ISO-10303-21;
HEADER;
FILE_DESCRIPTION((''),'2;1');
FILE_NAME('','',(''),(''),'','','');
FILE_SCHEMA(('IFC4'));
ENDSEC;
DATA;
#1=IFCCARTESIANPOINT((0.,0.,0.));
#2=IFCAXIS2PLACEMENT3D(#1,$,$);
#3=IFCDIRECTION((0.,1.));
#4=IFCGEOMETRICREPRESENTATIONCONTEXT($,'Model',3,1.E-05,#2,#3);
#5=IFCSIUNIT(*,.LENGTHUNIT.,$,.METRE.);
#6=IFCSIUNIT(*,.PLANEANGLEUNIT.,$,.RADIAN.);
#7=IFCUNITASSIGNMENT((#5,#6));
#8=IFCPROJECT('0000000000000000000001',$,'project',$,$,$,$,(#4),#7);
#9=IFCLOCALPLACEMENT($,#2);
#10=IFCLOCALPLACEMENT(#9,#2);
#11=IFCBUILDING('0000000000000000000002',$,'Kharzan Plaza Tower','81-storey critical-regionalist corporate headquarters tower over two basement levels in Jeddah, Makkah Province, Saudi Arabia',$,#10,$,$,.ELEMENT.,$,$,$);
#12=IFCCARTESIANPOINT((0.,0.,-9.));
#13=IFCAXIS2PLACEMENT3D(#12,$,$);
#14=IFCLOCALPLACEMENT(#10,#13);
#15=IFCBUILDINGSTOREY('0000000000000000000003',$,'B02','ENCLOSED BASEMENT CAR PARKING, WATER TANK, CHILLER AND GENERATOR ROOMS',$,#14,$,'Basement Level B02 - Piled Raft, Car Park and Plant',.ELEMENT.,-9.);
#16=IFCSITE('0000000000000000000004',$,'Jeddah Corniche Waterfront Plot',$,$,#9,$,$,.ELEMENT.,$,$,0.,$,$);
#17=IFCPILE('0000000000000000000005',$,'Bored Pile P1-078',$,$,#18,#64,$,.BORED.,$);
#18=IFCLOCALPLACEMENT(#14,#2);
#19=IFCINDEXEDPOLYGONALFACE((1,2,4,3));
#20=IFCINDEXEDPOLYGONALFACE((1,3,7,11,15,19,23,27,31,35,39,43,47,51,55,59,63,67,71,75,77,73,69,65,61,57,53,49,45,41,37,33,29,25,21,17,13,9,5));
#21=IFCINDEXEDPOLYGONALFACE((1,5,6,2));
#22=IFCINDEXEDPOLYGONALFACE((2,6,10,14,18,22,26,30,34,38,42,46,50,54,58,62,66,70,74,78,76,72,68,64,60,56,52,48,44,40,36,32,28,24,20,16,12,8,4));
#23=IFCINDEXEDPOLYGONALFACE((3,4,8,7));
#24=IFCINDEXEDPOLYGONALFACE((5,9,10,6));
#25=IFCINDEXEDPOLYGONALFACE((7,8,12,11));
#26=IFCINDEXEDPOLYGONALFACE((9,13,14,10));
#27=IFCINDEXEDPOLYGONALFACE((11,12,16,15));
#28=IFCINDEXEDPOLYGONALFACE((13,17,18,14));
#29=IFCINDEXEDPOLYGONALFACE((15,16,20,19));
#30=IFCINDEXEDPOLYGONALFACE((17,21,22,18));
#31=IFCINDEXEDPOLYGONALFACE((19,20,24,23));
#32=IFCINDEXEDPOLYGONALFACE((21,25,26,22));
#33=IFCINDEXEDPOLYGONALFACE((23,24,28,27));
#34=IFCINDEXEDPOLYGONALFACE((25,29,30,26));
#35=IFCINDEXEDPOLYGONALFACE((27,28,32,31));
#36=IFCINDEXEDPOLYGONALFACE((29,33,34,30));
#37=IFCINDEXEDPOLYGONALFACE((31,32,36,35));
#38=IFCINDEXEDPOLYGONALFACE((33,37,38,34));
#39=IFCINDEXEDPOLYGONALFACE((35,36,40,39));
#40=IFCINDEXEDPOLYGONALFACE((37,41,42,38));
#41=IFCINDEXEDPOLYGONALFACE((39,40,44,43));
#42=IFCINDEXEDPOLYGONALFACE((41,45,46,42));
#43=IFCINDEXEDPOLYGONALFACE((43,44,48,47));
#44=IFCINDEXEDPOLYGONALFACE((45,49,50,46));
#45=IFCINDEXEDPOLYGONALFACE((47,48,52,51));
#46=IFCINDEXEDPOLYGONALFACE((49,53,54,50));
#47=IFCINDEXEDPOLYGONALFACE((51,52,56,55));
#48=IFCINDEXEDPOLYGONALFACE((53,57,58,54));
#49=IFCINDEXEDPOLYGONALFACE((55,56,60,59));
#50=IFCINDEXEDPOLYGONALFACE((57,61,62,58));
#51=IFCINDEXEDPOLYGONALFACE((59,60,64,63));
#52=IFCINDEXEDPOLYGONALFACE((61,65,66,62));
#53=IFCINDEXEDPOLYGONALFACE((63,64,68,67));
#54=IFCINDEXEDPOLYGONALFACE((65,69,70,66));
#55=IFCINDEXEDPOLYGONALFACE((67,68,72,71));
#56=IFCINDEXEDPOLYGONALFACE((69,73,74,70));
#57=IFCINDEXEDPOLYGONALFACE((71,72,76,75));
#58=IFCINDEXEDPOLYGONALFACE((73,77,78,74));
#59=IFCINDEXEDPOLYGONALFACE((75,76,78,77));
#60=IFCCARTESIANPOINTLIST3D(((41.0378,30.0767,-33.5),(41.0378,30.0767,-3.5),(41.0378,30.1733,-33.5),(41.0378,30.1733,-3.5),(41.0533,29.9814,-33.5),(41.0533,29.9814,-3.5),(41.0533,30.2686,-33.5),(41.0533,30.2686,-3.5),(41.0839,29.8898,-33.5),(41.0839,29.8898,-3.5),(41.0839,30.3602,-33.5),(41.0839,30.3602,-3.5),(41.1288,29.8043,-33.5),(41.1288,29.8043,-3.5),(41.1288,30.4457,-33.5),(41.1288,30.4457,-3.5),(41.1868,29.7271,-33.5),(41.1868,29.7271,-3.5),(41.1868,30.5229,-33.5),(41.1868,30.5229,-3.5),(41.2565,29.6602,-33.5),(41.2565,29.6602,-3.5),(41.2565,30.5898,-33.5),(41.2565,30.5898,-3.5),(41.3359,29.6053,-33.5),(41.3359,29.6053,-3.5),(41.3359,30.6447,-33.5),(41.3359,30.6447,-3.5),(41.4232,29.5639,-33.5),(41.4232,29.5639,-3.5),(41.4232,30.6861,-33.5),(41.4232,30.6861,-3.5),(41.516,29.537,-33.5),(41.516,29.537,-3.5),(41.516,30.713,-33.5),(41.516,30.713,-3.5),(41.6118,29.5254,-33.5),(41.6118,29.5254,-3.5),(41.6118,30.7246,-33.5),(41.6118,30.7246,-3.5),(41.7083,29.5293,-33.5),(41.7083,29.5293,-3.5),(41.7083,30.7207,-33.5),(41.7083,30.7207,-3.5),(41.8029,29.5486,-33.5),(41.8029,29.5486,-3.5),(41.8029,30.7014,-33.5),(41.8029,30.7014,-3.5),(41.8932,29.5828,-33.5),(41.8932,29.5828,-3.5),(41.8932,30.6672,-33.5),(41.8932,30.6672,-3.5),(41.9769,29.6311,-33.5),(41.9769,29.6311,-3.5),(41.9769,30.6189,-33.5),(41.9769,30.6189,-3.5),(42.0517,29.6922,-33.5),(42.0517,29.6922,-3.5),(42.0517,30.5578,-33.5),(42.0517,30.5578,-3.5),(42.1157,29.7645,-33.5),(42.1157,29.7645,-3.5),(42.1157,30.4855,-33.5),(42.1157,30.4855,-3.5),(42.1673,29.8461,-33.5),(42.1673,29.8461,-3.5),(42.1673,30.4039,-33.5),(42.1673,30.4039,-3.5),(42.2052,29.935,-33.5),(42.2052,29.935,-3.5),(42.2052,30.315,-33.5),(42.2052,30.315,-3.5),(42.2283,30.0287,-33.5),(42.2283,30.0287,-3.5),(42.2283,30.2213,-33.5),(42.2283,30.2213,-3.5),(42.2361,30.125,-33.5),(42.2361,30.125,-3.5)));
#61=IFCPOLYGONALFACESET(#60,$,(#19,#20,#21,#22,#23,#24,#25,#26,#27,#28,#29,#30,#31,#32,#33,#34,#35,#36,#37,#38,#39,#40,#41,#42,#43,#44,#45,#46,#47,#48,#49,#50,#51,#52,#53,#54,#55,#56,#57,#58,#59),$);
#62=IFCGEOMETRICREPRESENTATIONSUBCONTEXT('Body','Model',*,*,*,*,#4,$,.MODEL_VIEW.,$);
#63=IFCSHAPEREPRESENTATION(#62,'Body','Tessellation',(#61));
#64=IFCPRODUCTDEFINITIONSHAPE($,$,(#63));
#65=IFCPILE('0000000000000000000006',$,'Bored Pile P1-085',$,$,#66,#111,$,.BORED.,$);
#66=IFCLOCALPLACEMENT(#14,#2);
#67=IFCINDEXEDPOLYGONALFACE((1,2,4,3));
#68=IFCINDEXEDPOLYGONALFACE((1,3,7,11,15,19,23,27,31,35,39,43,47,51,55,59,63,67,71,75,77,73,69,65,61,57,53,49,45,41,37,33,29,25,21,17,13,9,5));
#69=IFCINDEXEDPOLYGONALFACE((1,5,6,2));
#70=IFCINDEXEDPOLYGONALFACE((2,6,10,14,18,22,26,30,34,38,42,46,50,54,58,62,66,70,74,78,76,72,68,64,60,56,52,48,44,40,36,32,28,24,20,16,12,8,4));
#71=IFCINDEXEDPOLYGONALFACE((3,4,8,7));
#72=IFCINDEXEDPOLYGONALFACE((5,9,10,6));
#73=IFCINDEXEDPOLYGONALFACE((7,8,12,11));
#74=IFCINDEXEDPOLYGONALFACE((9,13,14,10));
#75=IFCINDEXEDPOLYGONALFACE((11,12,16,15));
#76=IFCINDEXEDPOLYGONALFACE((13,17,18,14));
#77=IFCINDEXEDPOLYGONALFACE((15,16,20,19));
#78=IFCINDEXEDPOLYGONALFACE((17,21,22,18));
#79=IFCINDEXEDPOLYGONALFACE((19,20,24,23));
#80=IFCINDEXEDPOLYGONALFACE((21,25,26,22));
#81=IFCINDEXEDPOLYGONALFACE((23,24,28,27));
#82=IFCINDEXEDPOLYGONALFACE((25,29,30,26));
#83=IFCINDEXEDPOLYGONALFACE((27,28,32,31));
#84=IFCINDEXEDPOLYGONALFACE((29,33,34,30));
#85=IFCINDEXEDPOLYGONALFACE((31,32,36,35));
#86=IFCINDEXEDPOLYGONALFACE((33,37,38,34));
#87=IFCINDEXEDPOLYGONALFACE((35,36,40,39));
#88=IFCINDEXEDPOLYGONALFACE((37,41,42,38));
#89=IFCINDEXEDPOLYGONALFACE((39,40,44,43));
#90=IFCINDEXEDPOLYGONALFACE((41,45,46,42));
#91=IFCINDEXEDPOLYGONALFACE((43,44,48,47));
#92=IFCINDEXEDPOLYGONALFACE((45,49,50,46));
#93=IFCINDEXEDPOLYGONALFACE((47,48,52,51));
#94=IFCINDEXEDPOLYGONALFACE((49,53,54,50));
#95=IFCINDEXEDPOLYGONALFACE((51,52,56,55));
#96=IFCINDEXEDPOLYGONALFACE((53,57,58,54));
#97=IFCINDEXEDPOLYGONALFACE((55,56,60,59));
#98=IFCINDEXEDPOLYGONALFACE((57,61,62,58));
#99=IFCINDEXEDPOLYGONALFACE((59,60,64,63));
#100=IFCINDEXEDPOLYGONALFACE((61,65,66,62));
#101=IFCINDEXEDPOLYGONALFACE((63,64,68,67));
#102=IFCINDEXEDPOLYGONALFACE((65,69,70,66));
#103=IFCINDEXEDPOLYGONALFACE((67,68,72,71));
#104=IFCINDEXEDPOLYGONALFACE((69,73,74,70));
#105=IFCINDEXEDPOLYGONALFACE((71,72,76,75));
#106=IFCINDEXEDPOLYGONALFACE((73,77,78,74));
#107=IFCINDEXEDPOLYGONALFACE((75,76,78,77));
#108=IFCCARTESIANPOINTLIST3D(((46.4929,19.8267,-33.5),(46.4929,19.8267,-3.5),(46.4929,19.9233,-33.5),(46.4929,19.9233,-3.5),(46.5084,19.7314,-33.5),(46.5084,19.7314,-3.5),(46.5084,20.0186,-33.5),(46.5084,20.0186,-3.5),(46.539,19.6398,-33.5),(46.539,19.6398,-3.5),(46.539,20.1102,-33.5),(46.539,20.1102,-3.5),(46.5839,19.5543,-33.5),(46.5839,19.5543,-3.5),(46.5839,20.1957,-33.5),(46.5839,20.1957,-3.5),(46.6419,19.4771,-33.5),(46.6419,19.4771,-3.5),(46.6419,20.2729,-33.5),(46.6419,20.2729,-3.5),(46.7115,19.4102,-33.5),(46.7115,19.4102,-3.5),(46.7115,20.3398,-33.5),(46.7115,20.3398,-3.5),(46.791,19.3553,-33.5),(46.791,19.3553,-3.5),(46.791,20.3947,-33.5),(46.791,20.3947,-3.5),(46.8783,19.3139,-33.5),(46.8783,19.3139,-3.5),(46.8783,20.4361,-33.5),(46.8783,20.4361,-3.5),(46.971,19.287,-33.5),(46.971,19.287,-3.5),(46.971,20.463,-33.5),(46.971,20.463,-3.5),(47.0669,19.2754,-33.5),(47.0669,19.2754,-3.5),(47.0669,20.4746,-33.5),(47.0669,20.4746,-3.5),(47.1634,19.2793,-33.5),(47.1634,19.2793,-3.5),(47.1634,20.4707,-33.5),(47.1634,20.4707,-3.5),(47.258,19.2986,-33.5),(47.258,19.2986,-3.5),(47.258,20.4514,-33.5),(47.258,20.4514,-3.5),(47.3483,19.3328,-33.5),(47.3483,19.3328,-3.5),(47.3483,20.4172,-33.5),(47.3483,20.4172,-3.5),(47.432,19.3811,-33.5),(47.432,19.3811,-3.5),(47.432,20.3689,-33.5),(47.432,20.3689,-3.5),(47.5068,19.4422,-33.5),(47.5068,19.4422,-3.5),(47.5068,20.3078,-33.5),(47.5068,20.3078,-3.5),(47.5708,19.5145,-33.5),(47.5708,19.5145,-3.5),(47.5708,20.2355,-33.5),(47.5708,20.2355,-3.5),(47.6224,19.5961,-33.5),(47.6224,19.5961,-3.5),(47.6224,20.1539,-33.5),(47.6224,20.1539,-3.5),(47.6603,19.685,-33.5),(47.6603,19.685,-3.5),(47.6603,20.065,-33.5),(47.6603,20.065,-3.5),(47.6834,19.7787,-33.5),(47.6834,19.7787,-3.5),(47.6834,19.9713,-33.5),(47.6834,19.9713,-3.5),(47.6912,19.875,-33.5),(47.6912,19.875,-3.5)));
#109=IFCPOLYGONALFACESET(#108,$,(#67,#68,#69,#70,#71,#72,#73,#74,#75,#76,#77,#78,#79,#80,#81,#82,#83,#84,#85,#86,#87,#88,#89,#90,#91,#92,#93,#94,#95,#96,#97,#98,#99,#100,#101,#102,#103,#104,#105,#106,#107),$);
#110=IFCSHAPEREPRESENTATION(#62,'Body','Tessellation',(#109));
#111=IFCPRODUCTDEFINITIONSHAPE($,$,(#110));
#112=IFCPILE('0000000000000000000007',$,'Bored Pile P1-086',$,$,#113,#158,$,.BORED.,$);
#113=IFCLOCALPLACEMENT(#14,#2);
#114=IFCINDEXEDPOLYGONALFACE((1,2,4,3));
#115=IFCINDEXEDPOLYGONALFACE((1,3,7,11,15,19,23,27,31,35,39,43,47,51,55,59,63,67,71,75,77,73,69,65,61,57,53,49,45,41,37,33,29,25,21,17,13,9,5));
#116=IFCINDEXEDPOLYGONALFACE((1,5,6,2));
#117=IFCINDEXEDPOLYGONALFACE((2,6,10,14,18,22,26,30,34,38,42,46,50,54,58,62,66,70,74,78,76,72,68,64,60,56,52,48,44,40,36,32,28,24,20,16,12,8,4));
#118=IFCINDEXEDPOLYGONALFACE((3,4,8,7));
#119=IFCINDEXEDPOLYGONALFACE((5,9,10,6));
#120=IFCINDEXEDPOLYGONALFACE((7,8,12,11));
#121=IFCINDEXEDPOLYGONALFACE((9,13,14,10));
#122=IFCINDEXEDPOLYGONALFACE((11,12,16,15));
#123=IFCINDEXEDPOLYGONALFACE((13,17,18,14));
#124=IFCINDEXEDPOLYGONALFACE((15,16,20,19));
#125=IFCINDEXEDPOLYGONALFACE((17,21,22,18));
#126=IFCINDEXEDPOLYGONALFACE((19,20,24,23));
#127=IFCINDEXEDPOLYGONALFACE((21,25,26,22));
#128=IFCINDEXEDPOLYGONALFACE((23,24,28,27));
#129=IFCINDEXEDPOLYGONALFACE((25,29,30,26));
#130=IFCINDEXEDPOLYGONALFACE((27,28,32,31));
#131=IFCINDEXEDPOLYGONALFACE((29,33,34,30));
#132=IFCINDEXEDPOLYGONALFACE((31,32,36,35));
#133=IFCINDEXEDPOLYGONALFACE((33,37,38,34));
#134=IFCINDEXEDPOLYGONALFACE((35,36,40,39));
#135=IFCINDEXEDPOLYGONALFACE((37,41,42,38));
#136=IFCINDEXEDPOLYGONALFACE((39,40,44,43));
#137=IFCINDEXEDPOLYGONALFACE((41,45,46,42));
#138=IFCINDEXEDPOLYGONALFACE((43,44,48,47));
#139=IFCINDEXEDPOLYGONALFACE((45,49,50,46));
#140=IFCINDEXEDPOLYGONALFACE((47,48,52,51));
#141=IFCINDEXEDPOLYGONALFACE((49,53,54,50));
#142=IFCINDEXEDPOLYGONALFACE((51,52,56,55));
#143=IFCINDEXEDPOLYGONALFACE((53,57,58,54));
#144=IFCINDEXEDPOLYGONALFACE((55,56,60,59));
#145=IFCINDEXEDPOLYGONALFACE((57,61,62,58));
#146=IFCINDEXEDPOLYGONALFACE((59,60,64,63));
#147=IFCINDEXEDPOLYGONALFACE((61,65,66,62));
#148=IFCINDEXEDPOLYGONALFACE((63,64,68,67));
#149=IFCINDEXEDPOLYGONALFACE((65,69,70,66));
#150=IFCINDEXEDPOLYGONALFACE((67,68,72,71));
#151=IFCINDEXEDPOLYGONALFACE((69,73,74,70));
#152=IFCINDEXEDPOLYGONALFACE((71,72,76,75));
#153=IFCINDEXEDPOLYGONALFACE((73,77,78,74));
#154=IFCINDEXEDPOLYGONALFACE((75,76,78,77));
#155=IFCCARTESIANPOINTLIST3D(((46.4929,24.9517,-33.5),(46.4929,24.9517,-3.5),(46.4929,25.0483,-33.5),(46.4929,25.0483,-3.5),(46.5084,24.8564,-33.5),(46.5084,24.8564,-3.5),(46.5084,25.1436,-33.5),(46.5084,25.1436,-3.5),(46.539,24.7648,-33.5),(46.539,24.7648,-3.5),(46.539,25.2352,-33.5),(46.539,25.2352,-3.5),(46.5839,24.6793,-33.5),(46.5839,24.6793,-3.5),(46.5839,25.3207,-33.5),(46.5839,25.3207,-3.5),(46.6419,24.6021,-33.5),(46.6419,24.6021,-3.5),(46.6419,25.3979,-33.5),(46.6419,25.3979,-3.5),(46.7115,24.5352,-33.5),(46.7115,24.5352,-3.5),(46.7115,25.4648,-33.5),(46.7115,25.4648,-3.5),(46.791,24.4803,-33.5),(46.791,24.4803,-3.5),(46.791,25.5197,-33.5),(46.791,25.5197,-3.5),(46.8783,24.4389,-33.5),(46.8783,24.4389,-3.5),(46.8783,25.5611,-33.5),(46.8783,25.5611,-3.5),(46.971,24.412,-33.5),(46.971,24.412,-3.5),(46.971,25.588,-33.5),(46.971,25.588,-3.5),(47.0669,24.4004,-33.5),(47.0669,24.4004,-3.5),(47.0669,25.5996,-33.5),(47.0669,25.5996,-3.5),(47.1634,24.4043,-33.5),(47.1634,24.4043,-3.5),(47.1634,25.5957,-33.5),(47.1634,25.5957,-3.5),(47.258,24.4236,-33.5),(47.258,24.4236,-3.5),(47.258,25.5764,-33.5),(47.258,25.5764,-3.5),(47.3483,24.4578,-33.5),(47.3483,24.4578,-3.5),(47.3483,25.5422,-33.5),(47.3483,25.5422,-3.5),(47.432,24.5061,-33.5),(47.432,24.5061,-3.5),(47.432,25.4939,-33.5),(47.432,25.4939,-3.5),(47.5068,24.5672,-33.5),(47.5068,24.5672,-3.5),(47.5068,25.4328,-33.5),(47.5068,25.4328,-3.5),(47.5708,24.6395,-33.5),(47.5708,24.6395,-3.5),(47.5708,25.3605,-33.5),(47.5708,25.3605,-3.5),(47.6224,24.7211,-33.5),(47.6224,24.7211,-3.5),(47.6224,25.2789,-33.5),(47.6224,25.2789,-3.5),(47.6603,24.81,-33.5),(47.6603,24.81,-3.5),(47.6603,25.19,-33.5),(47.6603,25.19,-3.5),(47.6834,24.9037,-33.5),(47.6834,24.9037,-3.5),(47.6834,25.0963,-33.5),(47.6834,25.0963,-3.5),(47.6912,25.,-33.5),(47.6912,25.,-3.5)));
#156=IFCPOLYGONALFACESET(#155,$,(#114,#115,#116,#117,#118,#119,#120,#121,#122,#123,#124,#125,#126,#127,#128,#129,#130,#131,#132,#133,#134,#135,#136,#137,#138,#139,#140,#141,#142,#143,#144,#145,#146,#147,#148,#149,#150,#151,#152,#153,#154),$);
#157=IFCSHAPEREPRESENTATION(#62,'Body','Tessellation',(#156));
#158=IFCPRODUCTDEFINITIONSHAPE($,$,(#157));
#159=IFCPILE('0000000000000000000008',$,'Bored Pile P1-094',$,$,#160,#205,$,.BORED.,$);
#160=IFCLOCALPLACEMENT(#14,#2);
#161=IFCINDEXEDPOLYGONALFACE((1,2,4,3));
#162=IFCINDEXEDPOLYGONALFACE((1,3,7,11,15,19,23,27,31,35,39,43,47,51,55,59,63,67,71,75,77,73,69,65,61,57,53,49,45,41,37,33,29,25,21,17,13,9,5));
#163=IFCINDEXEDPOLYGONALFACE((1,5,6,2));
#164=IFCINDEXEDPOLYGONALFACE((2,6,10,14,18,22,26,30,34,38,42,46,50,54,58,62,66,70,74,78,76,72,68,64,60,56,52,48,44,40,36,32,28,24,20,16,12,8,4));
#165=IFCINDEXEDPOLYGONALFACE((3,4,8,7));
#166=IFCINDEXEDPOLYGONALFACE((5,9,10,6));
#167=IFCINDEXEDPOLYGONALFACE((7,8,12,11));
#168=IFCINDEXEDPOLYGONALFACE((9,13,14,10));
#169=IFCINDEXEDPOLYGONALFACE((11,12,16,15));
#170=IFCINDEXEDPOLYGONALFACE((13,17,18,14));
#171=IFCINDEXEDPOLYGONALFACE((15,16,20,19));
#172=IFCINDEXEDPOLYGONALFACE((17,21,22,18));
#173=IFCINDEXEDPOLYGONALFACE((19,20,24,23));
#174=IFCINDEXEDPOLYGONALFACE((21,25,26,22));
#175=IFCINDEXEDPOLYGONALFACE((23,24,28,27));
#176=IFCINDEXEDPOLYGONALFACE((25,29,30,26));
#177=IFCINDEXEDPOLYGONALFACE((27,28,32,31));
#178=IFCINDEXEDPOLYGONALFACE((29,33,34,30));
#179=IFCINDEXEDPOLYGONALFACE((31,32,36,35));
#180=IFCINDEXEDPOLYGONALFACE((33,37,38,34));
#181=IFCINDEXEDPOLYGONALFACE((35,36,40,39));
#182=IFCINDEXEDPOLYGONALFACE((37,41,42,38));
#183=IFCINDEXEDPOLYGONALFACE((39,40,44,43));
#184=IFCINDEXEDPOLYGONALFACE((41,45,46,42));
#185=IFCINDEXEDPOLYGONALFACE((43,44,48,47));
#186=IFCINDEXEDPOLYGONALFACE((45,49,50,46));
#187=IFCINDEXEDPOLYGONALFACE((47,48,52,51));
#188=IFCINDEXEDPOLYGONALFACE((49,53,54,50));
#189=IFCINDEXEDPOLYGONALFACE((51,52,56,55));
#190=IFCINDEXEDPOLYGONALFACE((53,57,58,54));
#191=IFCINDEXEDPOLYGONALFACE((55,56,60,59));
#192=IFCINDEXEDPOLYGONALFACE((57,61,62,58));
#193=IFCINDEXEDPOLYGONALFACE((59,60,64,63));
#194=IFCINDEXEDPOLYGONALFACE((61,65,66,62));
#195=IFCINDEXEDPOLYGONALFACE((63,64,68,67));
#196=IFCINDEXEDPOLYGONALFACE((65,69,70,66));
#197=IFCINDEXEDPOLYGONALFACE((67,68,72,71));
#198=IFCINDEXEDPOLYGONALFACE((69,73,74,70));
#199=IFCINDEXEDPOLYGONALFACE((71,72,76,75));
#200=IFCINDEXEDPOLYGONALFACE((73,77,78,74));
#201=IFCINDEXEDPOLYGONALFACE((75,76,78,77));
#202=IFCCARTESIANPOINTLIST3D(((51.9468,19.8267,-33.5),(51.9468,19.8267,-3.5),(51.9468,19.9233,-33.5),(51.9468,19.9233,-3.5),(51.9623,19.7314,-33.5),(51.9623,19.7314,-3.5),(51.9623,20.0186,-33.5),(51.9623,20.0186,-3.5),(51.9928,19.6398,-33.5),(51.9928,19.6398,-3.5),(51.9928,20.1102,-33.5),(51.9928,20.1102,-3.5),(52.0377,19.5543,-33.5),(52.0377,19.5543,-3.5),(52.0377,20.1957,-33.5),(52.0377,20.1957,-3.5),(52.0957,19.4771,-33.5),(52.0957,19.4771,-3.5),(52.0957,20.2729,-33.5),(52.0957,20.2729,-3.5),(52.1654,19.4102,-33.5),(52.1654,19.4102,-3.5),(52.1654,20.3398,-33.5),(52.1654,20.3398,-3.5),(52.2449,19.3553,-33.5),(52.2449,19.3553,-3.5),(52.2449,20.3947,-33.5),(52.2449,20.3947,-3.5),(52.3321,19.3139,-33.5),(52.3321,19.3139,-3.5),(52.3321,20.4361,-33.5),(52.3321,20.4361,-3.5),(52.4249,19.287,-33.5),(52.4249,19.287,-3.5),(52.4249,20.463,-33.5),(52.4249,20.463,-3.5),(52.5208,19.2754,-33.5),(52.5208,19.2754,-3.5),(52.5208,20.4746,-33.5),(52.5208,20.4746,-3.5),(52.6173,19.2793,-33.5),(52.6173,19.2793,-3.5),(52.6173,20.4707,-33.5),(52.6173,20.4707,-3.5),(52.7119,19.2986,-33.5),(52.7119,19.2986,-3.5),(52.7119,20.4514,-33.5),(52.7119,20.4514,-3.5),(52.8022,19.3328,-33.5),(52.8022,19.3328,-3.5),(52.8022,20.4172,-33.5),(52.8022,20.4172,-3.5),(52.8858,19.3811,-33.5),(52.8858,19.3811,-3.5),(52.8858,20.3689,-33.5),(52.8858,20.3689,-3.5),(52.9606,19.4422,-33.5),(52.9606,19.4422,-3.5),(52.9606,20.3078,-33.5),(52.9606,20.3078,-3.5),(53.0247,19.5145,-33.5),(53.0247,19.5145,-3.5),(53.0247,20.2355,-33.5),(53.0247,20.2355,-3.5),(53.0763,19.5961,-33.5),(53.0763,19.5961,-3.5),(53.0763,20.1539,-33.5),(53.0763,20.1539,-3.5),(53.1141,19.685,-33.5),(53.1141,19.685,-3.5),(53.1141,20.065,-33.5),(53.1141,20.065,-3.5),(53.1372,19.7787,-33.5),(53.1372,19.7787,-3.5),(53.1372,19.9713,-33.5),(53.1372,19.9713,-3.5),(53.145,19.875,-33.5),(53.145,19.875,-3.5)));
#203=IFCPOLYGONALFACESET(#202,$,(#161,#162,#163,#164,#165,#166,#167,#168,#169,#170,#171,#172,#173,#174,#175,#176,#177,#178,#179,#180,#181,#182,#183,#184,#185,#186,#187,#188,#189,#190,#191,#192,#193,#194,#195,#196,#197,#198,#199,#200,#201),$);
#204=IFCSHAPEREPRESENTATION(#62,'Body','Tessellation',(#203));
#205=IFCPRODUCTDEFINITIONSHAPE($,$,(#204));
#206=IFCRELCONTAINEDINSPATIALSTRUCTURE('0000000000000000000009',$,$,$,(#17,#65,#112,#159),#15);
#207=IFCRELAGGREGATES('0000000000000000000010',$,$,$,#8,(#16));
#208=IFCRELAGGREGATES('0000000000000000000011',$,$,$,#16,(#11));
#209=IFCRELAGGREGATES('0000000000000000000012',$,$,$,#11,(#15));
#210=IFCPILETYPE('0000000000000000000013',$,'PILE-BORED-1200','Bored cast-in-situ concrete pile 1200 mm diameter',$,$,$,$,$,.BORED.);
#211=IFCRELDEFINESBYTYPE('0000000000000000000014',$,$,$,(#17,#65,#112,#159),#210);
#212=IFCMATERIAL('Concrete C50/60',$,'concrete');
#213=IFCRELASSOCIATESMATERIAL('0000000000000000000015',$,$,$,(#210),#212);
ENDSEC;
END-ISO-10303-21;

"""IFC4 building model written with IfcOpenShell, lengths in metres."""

from ifc_helpers import new_model, si_unit, direction, frame, origin, origin_2d, place, context, subcontext, project, spatial, circle, extrude, source, transform, mapped, material, material_profile, profile_set, type_object, element, save


model = new_model("IFC4")

# Units and contexts
model_context = context("Model", 3, precision=1e-05, world=origin(), true_north=direction((0.0, 1.0)))
body_context = subcontext(model_context, "Body", "Model", "MODEL_VIEW")
ifc_project = project(units=[si_unit("LENGTHUNIT", "METRE"), si_unit("PLANEANGLEUNIT", "RADIAN")], contexts=[model_context])

# Site, building, storey
site_placement = place(None, origin())
site = spatial("IfcSite", under=ifc_project, at=site_placement, Name="Jeddah Corniche Waterfront Plot", CompositionType="ELEMENT", RefElevation=0.0)
building_placement = place(site_placement, origin())
building = spatial("IfcBuilding", under=site, at=building_placement, Name="Kharzan Plaza Tower", Description="81-storey critical-regionalist corporate headquarters tower over two basement levels in Jeddah, Makkah Province, Saudi Arabia", CompositionType="ELEMENT")
storey_placement = place(building_placement, frame((0.0, 0.0, -9.0)))
storey = spatial("IfcBuildingStorey", under=building, at=storey_placement, Name="B02", Description="ENCLOSED BASEMENT CAR PARKING, WATER TANK, CHILLER AND GENERATOR ROOMS", LongName="Basement Level B02 - Piled Raft, Car Park and Plant", CompositionType="ELEMENT", Elevation=-9.0)

# Piles
ifc_material_1 = material(Name="Concrete C50/60", Category="concrete")
ifc_material_profile_1 = material_profile(ifc_material_1, circle(Radius=0.6001, at=origin_2d()), Name="PILE-D1200")
ifc_profile_set_1 = profile_set([ifc_material_profile_1], Name="Concrete C50/60")
pile_type = type_object("IfcPileType", Name="PILE-BORED-1200", Description="Bored cast-in-situ concrete pile 1200 mm diameter", PredefinedType="BORED", material=ifc_profile_set_1)
shared_shape_1 = source(origin(), body_context, "Body", "SweptSolid", [
    extrude(circle(Radius=0.6001, at=origin_2d()), origin(), (0.0, 0.0, 1.0), 30.0),
])
for number, where, z_axis, x_axis, name in (
    (1, (41.636, 30.125, -3.5), (0.0, 0.0, -1.0), (1.0, 0.0, 0.0), "Bored Pile P1-078"),
    (2, (47.0911, 19.875, -3.5), (0.0, 0.0, -1.0), (1.0, 0.0, 0.0), "Bored Pile P1-085"),
    (3, (47.0911, 25.0, -3.5), (0.0, 0.0, -1.0), (1.0, 0.0, 0.0), "Bored Pile P1-086"),
    (4, (52.5449, 19.875, -3.5), (0.0, 0.0, -1.0), (1.0, 0.0, 0.0), "Bored Pile P1-094"),
):
    element("IfcPile", number, at=place(storey_placement, frame(where, z_axis=z_axis, x_axis=x_axis)), inside=storey, type_object=pile_type, Name=name, PredefinedType="BORED", context=body_context, shape_type="MappedRepresentation", body=[
        mapped(shared_shape_1, transform((0.0, 0.0, 0.0), x_axis=(1.0, 0.0, 0.0), y_axis=(0.0, 1.0, 0.0), z_axis=(0.0, 0.0, 1.0))),
    ])

save(model, "model.ifc")
